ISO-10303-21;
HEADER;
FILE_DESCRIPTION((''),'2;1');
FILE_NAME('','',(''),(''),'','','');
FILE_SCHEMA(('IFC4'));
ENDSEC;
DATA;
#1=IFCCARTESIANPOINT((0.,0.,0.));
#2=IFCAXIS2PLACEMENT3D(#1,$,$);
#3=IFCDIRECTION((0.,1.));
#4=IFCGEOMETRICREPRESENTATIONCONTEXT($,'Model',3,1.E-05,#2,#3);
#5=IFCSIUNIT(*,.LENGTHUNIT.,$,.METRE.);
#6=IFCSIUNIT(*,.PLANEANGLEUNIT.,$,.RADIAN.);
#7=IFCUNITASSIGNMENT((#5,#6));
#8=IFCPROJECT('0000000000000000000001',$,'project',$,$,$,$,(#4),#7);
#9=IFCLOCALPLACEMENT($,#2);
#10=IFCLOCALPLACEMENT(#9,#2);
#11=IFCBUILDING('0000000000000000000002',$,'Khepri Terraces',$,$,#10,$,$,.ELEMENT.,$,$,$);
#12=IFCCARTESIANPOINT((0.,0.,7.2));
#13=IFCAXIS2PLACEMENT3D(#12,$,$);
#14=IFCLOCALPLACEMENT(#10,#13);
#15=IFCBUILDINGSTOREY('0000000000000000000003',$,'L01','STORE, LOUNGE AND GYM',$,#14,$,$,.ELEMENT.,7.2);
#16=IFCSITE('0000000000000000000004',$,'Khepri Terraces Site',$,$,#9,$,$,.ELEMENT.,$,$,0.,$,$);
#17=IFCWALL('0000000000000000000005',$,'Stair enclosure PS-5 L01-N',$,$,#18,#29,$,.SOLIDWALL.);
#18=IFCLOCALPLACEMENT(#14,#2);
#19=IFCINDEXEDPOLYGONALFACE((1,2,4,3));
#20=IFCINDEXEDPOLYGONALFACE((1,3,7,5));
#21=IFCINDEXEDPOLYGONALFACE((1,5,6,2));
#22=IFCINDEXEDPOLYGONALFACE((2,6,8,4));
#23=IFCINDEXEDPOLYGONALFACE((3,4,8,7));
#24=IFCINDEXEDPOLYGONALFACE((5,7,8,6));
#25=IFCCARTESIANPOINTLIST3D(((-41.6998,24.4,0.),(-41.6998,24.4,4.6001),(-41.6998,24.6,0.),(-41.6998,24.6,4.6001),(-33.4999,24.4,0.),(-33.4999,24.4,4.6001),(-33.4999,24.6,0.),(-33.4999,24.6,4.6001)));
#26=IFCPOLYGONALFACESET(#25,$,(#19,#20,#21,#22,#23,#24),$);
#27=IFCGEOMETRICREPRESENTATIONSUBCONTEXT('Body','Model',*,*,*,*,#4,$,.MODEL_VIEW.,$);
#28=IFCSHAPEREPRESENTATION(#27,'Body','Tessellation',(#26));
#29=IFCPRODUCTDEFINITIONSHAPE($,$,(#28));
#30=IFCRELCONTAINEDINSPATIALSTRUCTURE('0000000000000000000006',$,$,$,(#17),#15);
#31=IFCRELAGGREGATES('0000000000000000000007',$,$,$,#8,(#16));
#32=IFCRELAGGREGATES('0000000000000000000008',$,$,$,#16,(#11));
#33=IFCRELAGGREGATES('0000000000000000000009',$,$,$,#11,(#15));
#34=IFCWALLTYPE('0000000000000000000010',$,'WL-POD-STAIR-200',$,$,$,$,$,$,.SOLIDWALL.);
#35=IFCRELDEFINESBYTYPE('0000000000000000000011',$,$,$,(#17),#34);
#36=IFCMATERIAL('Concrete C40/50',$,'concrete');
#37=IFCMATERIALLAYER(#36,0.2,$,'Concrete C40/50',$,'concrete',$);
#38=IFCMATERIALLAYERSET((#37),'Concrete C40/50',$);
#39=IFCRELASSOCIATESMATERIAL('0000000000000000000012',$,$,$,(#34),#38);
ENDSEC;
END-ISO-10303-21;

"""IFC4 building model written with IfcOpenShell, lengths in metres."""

from ifc_helpers import new_model, si_unit, direction, frame, frame_2d, origin, place, context, subcontext, project, spatial, rectangle, extrude, material, layer, layer_set, type_object, element, save


model = new_model("IFC4")

# Units and contexts
model_context = context("Model", 3, precision=1e-05, world=origin(), true_north=direction((0.0, 1.0)))
body_context = subcontext(model_context, "Body", "Model", "MODEL_VIEW")
ifc_project = project(units=[si_unit("LENGTHUNIT", "METRE"), si_unit("PLANEANGLEUNIT", "RADIAN")], contexts=[model_context])

# Site, building, storey
site_placement = place(None, origin())
site = spatial("IfcSite", under=ifc_project, at=site_placement, Name="Khepri Terraces Site", CompositionType="ELEMENT", RefElevation=0.0)
building_placement = place(site_placement, origin())
building = spatial("IfcBuilding", under=site, at=building_placement, Name="Khepri Terraces", CompositionType="ELEMENT")
storey_placement = place(building_placement, frame((0.0, 0.0, 7.2)))
storey = spatial("IfcBuildingStorey", under=building, at=storey_placement, Name="L01", Description="STORE, LOUNGE AND GYM", CompositionType="ELEMENT", Elevation=7.2)

# Wall
ifc_material_1 = material(Name="Concrete C40/50", Category="concrete")
ifc_layer_1 = layer(ifc_material_1, 0.2, Name="Concrete C40/50", Category="concrete")
ifc_layer_set_1 = layer_set([ifc_layer_1], Name="Concrete C40/50")
wall_type_1 = type_object("IfcWallType", Name="WL-POD-STAIR-200", PredefinedType="SOLIDWALL", material=ifc_layer_set_1)
wall_1_placement = place(storey_placement, frame((-41.7, 24.5, 0.0), z_axis=(0.0, 0.0, 1.0), x_axis=(1.0, 0.0, 0.0)))
element("IfcWall", 1, at=wall_1_placement, inside=storey, type_object=wall_type_1, Name="Stair enclosure PS-5 L01-N", PredefinedType="SOLIDWALL", context=body_context, shape_type="SweptSolid", body=[
    extrude(rectangle(XDim=8.2, YDim=0.2, at=frame_2d((4.1001, 0.0))), origin(), (0.0, 0.0, 1.0), 4.6001),
])

save(model, "model.ifc")
